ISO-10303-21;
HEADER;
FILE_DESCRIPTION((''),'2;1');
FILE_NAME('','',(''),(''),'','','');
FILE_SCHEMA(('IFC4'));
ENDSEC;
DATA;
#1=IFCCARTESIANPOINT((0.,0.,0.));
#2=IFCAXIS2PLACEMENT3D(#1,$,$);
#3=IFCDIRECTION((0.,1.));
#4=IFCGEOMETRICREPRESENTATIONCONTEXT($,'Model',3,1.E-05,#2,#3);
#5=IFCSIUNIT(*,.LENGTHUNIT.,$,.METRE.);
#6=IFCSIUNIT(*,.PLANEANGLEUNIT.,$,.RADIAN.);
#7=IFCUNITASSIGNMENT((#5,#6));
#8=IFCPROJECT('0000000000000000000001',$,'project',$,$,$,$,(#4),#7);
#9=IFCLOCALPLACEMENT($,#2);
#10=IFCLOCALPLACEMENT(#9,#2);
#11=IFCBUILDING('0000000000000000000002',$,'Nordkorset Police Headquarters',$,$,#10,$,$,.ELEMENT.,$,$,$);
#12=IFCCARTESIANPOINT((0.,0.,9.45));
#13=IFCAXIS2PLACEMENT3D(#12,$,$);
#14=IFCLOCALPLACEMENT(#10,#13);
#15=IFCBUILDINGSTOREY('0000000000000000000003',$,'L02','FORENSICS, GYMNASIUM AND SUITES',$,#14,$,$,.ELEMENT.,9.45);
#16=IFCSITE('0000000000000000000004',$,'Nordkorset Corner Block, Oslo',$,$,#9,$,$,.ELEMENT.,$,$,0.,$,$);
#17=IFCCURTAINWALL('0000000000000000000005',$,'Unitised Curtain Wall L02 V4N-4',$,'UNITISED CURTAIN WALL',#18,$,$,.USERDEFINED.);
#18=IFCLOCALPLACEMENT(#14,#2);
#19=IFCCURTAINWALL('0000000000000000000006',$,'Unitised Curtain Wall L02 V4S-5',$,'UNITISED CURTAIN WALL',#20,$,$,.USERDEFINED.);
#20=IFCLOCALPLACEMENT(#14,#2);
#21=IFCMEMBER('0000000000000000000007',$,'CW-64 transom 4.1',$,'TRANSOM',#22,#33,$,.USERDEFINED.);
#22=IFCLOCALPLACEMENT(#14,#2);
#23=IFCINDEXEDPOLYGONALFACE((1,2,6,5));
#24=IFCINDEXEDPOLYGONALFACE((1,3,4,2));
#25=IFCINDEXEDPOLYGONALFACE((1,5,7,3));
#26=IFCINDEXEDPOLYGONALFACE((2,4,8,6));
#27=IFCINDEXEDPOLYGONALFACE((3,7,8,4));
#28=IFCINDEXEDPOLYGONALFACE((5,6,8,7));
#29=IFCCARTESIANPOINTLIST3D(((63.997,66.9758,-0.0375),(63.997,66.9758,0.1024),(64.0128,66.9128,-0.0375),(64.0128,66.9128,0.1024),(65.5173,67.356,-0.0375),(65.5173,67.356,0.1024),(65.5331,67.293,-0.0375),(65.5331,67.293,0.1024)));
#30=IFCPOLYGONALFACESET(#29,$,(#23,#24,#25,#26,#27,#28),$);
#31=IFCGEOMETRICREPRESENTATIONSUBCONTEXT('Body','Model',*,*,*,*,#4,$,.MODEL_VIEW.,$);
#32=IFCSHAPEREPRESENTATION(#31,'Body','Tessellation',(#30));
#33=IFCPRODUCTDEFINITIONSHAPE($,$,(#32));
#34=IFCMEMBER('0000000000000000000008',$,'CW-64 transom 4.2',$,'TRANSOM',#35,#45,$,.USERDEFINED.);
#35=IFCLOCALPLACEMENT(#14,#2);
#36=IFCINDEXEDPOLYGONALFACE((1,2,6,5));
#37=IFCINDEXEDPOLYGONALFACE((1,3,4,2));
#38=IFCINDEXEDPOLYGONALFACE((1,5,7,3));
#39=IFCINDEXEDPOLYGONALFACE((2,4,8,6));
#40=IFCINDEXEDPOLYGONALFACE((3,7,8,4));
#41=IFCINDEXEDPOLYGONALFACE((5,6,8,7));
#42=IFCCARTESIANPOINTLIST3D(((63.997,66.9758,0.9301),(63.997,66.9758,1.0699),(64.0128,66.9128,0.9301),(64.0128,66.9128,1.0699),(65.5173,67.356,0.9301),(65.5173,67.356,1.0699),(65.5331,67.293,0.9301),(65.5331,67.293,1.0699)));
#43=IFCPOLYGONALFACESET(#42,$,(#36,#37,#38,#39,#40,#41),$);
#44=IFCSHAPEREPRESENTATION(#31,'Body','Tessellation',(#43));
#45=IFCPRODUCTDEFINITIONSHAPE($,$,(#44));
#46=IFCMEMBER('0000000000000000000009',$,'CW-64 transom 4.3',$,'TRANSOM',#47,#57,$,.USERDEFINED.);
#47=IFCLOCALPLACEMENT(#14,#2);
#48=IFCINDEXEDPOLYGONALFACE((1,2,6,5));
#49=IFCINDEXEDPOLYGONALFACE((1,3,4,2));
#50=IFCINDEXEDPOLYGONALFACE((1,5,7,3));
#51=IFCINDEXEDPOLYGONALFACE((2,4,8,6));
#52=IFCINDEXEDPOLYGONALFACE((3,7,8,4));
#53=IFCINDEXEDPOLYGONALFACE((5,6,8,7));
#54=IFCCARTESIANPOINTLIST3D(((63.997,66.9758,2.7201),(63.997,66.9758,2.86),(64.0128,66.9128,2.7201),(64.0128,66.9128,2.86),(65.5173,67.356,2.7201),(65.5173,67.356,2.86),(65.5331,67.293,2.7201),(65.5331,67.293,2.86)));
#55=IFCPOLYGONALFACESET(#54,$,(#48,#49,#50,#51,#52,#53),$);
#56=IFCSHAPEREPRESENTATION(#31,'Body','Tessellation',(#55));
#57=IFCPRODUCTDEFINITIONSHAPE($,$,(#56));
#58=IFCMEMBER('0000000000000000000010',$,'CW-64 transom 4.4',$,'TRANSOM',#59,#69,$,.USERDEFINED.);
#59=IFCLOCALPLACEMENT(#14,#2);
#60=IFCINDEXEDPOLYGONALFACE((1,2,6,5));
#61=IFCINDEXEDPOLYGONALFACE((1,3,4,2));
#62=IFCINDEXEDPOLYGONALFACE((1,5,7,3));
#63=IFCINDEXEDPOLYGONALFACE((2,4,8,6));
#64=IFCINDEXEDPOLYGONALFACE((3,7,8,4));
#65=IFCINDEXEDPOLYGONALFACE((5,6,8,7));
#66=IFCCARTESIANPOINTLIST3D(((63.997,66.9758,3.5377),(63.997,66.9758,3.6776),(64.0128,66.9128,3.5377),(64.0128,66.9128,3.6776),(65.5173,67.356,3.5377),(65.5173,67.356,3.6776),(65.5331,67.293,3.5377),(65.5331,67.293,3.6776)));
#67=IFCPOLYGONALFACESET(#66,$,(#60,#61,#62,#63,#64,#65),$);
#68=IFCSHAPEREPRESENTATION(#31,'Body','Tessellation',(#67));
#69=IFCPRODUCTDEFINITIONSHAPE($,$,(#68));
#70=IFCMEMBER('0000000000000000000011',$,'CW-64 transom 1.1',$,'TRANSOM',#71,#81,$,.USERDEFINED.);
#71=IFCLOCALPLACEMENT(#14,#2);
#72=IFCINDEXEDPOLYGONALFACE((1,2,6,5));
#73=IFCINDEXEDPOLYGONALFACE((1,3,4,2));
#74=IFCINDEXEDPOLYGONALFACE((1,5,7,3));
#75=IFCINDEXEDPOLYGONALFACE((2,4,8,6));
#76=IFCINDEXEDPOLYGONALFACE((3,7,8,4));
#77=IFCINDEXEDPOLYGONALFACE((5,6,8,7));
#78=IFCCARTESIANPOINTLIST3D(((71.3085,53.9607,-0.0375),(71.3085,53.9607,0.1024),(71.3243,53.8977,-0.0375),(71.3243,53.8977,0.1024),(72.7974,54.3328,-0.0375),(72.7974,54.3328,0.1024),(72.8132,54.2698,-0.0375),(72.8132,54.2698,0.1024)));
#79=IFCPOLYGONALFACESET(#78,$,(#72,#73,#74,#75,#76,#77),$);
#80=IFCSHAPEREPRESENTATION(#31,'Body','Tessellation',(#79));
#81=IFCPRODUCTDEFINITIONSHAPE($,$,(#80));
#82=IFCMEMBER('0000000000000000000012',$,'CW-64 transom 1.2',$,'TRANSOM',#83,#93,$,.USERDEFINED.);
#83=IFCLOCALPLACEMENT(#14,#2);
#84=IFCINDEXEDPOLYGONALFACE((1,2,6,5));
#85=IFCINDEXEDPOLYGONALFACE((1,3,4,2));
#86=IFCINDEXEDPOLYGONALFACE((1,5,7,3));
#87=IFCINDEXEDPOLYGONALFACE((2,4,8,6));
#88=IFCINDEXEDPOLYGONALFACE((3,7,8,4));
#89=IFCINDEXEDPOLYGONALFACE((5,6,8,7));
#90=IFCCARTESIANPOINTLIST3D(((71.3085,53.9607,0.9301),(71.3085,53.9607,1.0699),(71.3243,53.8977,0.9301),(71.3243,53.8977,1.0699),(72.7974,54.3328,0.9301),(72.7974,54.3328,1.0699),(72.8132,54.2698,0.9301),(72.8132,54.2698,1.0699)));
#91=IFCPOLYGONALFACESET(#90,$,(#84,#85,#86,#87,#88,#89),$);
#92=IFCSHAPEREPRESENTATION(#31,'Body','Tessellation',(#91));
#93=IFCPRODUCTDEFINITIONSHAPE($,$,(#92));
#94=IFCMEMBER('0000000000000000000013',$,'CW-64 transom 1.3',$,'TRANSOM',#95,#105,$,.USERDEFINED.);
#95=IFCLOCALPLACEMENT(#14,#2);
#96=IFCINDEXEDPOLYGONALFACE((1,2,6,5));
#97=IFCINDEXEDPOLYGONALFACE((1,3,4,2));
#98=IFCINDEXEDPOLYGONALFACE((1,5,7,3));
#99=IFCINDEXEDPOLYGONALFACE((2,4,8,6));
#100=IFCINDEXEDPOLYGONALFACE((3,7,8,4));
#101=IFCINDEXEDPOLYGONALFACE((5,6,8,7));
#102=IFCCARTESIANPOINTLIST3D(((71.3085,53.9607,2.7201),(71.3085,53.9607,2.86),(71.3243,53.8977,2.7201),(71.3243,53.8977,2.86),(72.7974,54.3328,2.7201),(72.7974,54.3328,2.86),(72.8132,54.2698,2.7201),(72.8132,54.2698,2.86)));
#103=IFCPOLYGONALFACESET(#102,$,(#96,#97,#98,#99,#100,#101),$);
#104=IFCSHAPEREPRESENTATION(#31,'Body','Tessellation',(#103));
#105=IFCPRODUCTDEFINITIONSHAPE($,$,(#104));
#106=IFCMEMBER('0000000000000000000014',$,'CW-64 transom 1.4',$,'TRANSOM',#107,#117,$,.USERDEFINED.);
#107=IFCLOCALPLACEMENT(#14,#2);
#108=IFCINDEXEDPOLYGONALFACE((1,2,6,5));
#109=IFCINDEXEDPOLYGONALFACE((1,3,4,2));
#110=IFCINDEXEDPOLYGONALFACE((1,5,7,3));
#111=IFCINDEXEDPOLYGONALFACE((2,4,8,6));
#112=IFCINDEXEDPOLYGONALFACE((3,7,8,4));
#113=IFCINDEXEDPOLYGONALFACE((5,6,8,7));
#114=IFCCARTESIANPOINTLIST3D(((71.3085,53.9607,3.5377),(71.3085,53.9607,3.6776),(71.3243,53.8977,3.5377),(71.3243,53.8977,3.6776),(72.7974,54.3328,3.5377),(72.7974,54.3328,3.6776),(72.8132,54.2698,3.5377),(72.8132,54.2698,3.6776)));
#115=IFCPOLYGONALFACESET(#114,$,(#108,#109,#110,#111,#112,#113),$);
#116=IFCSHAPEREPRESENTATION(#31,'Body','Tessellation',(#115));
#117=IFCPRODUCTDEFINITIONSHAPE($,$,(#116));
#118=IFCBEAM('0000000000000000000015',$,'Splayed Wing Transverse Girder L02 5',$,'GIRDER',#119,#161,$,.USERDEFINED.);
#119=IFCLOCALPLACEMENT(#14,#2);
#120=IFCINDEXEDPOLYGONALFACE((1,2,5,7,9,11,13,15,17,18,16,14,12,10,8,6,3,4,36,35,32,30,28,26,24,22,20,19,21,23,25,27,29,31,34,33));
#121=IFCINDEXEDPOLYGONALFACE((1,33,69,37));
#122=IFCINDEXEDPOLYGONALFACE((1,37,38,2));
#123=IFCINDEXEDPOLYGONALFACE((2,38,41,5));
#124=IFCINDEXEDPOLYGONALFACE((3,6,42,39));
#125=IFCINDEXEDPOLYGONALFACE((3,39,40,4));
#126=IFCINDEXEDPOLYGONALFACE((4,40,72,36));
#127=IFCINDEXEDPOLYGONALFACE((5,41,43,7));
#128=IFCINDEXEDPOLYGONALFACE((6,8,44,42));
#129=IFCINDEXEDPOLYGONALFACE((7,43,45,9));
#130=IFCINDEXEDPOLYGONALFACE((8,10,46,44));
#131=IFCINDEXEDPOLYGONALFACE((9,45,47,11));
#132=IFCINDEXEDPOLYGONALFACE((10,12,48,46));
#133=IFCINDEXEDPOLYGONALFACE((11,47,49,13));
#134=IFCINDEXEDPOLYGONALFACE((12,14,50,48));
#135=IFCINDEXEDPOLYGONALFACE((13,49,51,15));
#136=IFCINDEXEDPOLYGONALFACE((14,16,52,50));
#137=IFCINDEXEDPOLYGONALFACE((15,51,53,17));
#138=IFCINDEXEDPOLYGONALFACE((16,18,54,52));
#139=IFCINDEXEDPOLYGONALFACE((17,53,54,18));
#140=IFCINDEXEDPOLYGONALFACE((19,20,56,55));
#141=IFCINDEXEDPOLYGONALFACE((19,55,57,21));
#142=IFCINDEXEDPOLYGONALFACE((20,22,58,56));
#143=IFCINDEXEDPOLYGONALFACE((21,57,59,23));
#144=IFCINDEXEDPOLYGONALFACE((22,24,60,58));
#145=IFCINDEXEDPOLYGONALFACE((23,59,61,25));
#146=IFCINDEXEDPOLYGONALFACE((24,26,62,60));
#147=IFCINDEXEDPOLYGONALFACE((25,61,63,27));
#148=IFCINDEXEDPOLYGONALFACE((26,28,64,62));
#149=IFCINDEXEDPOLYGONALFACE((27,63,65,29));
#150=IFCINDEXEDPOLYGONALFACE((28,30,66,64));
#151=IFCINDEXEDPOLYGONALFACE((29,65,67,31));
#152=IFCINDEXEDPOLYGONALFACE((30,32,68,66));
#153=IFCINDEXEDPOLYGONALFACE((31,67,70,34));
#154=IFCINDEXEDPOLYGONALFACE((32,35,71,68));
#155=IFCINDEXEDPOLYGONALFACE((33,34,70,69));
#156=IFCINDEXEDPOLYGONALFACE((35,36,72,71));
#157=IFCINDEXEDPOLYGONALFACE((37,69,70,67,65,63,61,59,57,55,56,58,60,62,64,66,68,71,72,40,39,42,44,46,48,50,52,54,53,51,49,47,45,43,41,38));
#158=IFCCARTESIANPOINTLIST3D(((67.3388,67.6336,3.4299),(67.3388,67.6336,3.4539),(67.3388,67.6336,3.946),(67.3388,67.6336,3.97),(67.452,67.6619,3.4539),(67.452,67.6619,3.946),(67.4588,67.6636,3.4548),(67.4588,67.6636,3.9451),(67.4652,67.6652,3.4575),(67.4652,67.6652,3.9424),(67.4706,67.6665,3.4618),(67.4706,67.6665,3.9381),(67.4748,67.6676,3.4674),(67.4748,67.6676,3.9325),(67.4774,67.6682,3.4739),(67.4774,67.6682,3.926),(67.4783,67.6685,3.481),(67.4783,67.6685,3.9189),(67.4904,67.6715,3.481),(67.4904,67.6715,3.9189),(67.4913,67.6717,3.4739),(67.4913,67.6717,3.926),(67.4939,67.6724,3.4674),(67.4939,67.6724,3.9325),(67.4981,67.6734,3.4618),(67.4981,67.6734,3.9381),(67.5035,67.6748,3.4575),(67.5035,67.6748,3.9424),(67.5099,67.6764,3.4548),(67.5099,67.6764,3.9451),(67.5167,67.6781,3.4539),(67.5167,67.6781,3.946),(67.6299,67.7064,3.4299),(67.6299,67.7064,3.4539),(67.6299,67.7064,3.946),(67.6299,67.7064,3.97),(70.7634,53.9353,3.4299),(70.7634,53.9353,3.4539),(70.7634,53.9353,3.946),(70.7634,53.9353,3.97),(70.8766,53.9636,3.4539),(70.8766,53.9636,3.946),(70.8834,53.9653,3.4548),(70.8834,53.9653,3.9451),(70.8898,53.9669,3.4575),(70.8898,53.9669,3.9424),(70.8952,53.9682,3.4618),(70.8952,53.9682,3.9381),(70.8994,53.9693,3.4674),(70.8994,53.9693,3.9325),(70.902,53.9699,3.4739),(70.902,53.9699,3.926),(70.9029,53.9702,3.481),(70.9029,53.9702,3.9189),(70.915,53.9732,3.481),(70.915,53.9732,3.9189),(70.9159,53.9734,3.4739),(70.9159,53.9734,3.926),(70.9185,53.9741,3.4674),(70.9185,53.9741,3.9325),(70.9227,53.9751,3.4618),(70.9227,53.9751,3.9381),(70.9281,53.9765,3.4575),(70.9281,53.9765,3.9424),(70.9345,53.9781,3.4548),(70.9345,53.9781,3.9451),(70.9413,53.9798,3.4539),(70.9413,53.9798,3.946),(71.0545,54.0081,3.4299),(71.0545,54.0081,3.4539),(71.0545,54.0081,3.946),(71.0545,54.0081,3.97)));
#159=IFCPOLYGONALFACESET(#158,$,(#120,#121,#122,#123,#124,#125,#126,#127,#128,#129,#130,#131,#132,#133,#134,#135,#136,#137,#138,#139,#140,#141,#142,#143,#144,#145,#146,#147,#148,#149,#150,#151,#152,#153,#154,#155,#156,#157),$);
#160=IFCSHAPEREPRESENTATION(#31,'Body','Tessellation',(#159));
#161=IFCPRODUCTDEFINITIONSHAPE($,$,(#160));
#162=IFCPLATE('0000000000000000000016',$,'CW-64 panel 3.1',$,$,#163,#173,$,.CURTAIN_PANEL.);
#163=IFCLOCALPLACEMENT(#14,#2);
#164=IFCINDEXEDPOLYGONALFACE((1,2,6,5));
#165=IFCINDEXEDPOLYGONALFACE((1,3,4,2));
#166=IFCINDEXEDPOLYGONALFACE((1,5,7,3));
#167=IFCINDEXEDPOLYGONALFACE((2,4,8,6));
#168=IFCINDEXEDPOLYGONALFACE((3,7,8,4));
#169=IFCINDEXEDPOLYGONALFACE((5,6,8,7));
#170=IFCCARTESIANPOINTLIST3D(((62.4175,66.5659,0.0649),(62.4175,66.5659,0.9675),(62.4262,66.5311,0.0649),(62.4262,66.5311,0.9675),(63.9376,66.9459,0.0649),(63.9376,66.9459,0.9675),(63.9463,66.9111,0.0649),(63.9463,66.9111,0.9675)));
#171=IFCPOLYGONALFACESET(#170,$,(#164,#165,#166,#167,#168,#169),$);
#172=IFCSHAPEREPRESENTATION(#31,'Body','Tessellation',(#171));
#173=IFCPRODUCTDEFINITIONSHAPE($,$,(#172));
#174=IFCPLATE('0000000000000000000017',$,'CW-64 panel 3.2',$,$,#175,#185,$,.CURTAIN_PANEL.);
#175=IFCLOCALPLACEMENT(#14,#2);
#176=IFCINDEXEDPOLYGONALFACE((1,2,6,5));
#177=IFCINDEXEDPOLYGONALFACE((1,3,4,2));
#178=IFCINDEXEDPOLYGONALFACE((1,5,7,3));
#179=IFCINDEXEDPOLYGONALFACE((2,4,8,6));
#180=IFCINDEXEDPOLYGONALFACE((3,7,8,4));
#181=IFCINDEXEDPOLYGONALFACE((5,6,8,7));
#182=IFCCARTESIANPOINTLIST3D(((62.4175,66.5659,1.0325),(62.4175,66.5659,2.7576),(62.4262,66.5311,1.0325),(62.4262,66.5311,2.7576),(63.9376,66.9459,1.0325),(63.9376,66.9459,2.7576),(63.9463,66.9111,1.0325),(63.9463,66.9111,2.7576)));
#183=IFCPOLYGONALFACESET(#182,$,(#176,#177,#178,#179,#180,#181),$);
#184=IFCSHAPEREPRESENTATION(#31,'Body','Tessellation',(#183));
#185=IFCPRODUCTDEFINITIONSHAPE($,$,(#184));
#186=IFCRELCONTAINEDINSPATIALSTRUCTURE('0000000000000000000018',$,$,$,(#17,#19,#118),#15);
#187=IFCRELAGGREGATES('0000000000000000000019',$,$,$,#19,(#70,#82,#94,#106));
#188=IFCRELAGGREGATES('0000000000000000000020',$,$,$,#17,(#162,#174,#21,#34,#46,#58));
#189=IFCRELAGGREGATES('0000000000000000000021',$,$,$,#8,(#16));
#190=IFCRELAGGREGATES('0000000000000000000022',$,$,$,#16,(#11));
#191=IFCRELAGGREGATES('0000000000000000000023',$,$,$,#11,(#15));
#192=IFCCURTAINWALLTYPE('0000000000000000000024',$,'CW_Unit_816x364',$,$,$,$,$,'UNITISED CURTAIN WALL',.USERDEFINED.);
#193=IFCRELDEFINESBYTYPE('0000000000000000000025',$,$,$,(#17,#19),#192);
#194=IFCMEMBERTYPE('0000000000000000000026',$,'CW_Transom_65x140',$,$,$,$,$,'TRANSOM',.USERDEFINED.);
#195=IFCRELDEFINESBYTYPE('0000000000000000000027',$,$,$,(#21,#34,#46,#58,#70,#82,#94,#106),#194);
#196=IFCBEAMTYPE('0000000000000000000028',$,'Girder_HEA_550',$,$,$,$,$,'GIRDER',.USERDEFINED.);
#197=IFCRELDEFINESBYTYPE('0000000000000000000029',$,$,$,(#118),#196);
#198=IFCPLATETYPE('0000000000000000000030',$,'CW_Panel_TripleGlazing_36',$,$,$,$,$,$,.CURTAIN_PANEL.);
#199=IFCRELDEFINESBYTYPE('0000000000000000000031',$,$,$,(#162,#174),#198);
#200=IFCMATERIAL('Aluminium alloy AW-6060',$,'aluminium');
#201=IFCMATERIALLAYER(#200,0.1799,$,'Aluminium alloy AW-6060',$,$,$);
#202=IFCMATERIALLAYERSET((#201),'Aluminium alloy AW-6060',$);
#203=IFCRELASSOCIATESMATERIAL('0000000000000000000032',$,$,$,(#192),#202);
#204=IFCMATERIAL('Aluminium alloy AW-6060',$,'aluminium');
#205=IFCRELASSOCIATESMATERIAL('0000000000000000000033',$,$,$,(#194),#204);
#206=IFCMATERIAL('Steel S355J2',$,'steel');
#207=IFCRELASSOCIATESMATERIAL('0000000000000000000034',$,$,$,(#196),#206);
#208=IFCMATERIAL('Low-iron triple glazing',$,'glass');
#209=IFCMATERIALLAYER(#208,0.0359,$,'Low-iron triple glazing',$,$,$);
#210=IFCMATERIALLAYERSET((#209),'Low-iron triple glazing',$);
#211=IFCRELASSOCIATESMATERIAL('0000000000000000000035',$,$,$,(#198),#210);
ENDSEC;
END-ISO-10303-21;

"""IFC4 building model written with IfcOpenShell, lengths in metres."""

from ifc_helpers import new_model, si_unit, direction, frame, origin, origin_2d, place, context, subcontext, project, spatial, rectangle, i_section, extrude, material, layer, layer_set, material_profile, profile_set, type_object, element, aggregate, save


model = new_model("IFC4")

# Units and contexts
model_context = context("Model", 3, precision=1e-05, world=origin(), true_north=direction((0.0, 1.0)))
body_context = subcontext(model_context, "Body", "Model", "MODEL_VIEW")
ifc_project = project(units=[si_unit("LENGTHUNIT", "METRE"), si_unit("PLANEANGLEUNIT", "RADIAN")], contexts=[model_context])

# Site, building, storey
site_placement = place(None, origin())
site = spatial("IfcSite", under=ifc_project, at=site_placement, Name="Nordkorset Corner Block, Oslo", CompositionType="ELEMENT", RefElevation=0.0)
building_placement = place(site_placement, origin())
building = spatial("IfcBuilding", under=site, at=building_placement, Name="Nordkorset Police Headquarters", CompositionType="ELEMENT")
storey_placement = place(building_placement, frame((0.0, 0.0, 9.45)))
storey = spatial("IfcBuildingStorey", under=building, at=storey_placement, Name="L02", Description="FORENSICS, GYMNASIUM AND SUITES", CompositionType="ELEMENT", Elevation=9.45)

# Curtain wall
ifc_material_1 = material(Name="Aluminium alloy AW-6060", Category="aluminium")
ifc_layer_1 = layer(ifc_material_1, 0.1799, Name="Aluminium alloy AW-6060")
ifc_layer_set_1 = layer_set([ifc_layer_1], Name="Aluminium alloy AW-6060")
curtain_wall_type = type_object("IfcCurtainWallType", Name="CW_Unit_816x364", ElementType="UNITISED CURTAIN WALL", PredefinedType="USERDEFINED", material=ifc_layer_set_1)
curtain_wall_1_placement = place(storey_placement, origin())
curtain_wall_1 = element("IfcCurtainWall", 1, at=curtain_wall_1_placement, inside=storey, type_object=curtain_wall_type, Name="Unitised Curtain Wall L02 V4N-4", ObjectType="UNITISED CURTAIN WALL", PredefinedType="USERDEFINED")

# Curtain wall
curtain_wall_2_placement = place(storey_placement, origin())
curtain_wall_2 = element("IfcCurtainWall", 2, at=curtain_wall_2_placement, inside=storey, type_object=curtain_wall_type, Name="Unitised Curtain Wall L02 V4S-5", ObjectType="UNITISED CURTAIN WALL", PredefinedType="USERDEFINED")

# Members
ifc_material_2 = material(Name="Aluminium alloy AW-6060", Category="aluminium")
ifc_material_profile_1 = material_profile(ifc_material_2, rectangle(XDim=0.0649, YDim=0.1399, at=origin_2d()), Name="ALU TRAN 65x140")
ifc_profile_set_1 = profile_set([ifc_material_profile_1], Name="Aluminium alloy AW-6060")
member_type_1 = type_object("IfcMemberType", Name="CW_Transom_65x140", ElementType="TRANSOM", PredefinedType="USERDEFINED", material=ifc_profile_set_1)
member_1_placement = place(storey_placement, frame((64.0049, 66.9443, 0.0325), z_axis=(0.970133, 0.242572, 0.0), x_axis=(-0.242572, 0.970133, 0.0)))
member_1 = element("IfcMember", 3, at=member_1_placement, type_object=member_type_1, Name="CW-64 transom 4.1", ObjectType="TRANSOM", PredefinedType="USERDEFINED", context=body_context, shape_type="SweptSolid", body=[
    extrude(rectangle(XDim=0.0649, YDim=0.1399, at=origin_2d()), origin(), (0.0, 0.0, 1.0), 1.5671),
])
member_2_placement = place(storey_placement, frame((64.0049, 66.9443, 1.0), z_axis=(0.970133, 0.242572, 0.0), x_axis=(-0.242572, 0.970133, 0.0)))
member_2 = element("IfcMember", 4, at=member_2_placement, type_object=member_type_1, Name="CW-64 transom 4.2", ObjectType="TRANSOM", PredefinedType="USERDEFINED", context=body_context, shape_type="SweptSolid", body=[
    extrude(rectangle(XDim=0.0649, YDim=0.1399, at=origin_2d()), origin(), (0.0, 0.0, 1.0), 1.5671),
])
member_3_placement = place(storey_placement, frame((64.0049, 66.9443, 2.79), z_axis=(0.970133, 0.242572, 0.0), x_axis=(-0.242572, 0.970133, 0.0)))
member_3 = element("IfcMember", 5, at=member_3_placement, type_object=member_type_1, Name="CW-64 transom 4.3", ObjectType="TRANSOM", PredefinedType="USERDEFINED", context=body_context, shape_type="SweptSolid", body=[
    extrude(rectangle(XDim=0.0649, YDim=0.1399, at=origin_2d()), origin(), (0.0, 0.0, 1.0), 1.5671),
])
member_4_placement = place(storey_placement, frame((64.0049, 66.9443, 3.6077), z_axis=(0.970133, 0.242572, 0.0), x_axis=(-0.242572, 0.970133, 0.0)))
member_4 = element("IfcMember", 6, at=member_4_placement, type_object=member_type_1, Name="CW-64 transom 4.4", ObjectType="TRANSOM", PredefinedType="USERDEFINED", context=body_context, shape_type="SweptSolid", body=[
    extrude(rectangle(XDim=0.0649, YDim=0.1399, at=origin_2d()), origin(), (0.0, 0.0, 1.0), 1.5671),
])
member_5_placement = place(storey_placement, frame((71.3164, 53.9292, 0.0325), z_axis=(0.970161, 0.242461, 0.0), x_axis=(-0.242461, 0.970161, 0.0)))
member_5 = element("IfcMember", 7, at=member_5_placement, type_object=member_type_1, Name="CW-64 transom 1.1", ObjectType="TRANSOM", PredefinedType="USERDEFINED", context=body_context, shape_type="SweptSolid", body=[
    extrude(rectangle(XDim=0.0649, YDim=0.1399, at=origin_2d()), origin(), (0.0, 0.0, 1.0), 1.5347),
])
member_6_placement = place(storey_placement, frame((71.3164, 53.9292, 1.0), z_axis=(0.970161, 0.242461, 0.0), x_axis=(-0.242461, 0.970161, 0.0)))
member_6 = element("IfcMember", 8, at=member_6_placement, type_object=member_type_1, Name="CW-64 transom 1.2", ObjectType="TRANSOM", PredefinedType="USERDEFINED", context=body_context, shape_type="SweptSolid", body=[
    extrude(rectangle(XDim=0.0649, YDim=0.1399, at=origin_2d()), origin(), (0.0, 0.0, 1.0), 1.5347),
])
member_7_placement = place(storey_placement, frame((71.3164, 53.9292, 2.79), z_axis=(0.970161, 0.242461, 0.0), x_axis=(-0.242461, 0.970161, 0.0)))
member_7 = element("IfcMember", 9, at=member_7_placement, type_object=member_type_1, Name="CW-64 transom 1.3", ObjectType="TRANSOM", PredefinedType="USERDEFINED", context=body_context, shape_type="SweptSolid", body=[
    extrude(rectangle(XDim=0.0649, YDim=0.1399, at=origin_2d()), origin(), (0.0, 0.0, 1.0), 1.5347),
])
member_8_placement = place(storey_placement, frame((71.3164, 53.9292, 3.6077), z_axis=(0.970161, 0.242461, 0.0), x_axis=(-0.242461, 0.970161, 0.0)))
member_8 = element("IfcMember", 10, at=member_8_placement, type_object=member_type_1, Name="CW-64 transom 1.4", ObjectType="TRANSOM", PredefinedType="USERDEFINED", context=body_context, shape_type="SweptSolid", body=[
    extrude(rectangle(XDim=0.0649, YDim=0.1399, at=origin_2d()), origin(), (0.0, 0.0, 1.0), 1.5347),
])
aggregate(curtain_wall_2, [member_5, member_6, member_7, member_8])

# Beam
ifc_material_3 = material(Name="Steel S355J2", Category="steel")
ifc_material_profile_2 = material_profile(ifc_material_3, i_section(OverallWidth=0.3, OverallDepth=0.54, WebThickness=0.0125, FlangeThickness=0.0239, FilletRadius=0.0271, at=origin_2d()), Name="HEA 550")
ifc_profile_set_2 = profile_set([ifc_material_profile_2], Name="Steel S355J2")
beam_type_1 = type_object("IfcBeamType", Name="Girder_HEA_550", ElementType="GIRDER", PredefinedType="USERDEFINED", material=ifc_profile_set_2)
beam_placement = place(storey_placement, frame((70.9089, 53.9717, 3.7), z_axis=(-0.242536, 0.970143, 0.0), x_axis=(-0.970143, -0.242536, 0.0)))
element("IfcBeam", 11, at=beam_placement, inside=storey, type_object=beam_type_1, Name="Splayed Wing Transverse Girder L02 5", ObjectType="GIRDER", PredefinedType="USERDEFINED", context=body_context, shape_type="SweptSolid", body=[
    extrude(i_section(OverallWidth=0.3, OverallDepth=0.54, WebThickness=0.0125, FlangeThickness=0.0239, FilletRadius=0.0271, at=origin_2d()), origin(), (0.0, 0.0, 1.0), 14.1199),
])

# Plates
ifc_material_4 = material(Name="Low-iron triple glazing", Category="glass")
ifc_layer_2 = layer(ifc_material_4, 0.0359, Name="Low-iron triple glazing")
ifc_layer_set_2 = layer_set([ifc_layer_2], Name="Low-iron triple glazing")
plate_type = type_object("IfcPlateType", Name="CW_Panel_TripleGlazing_36", PredefinedType="CURTAIN_PANEL", material=ifc_layer_set_2)
plate_1_placement = place(storey_placement, frame((63.1819, 66.7385, 0.0649), z_axis=(0.0, 0.0, 1.0), x_axis=(0.970143, 0.242535, 0.0)))
plate_1 = element("IfcPlate", 12, at=plate_1_placement, type_object=plate_type, Name="CW-64 panel 3.1", PredefinedType="CURTAIN_PANEL", context=body_context, shape_type="SweptSolid", body=[
    extrude(rectangle(XDim=1.5669, YDim=0.0359, at=origin_2d()), origin(), (0.0, 0.0, 1.0), 0.9026),
])
plate_2_placement = place(storey_placement, frame((63.1819, 66.7385, 1.0325), z_axis=(0.0, 0.0, 1.0), x_axis=(0.970143, 0.242535, 0.0)))
plate_2 = element("IfcPlate", 13, at=plate_2_placement, type_object=plate_type, Name="CW-64 panel 3.2", PredefinedType="CURTAIN_PANEL", context=body_context, shape_type="SweptSolid", body=[
    extrude(rectangle(XDim=1.5669, YDim=0.0359, at=origin_2d()), origin(), (0.0, 0.0, 1.0), 1.7251),
])
aggregate(curtain_wall_1, [plate_1, plate_2, member_1, member_2, member_3, member_4])

save(model, "model.ifc")
